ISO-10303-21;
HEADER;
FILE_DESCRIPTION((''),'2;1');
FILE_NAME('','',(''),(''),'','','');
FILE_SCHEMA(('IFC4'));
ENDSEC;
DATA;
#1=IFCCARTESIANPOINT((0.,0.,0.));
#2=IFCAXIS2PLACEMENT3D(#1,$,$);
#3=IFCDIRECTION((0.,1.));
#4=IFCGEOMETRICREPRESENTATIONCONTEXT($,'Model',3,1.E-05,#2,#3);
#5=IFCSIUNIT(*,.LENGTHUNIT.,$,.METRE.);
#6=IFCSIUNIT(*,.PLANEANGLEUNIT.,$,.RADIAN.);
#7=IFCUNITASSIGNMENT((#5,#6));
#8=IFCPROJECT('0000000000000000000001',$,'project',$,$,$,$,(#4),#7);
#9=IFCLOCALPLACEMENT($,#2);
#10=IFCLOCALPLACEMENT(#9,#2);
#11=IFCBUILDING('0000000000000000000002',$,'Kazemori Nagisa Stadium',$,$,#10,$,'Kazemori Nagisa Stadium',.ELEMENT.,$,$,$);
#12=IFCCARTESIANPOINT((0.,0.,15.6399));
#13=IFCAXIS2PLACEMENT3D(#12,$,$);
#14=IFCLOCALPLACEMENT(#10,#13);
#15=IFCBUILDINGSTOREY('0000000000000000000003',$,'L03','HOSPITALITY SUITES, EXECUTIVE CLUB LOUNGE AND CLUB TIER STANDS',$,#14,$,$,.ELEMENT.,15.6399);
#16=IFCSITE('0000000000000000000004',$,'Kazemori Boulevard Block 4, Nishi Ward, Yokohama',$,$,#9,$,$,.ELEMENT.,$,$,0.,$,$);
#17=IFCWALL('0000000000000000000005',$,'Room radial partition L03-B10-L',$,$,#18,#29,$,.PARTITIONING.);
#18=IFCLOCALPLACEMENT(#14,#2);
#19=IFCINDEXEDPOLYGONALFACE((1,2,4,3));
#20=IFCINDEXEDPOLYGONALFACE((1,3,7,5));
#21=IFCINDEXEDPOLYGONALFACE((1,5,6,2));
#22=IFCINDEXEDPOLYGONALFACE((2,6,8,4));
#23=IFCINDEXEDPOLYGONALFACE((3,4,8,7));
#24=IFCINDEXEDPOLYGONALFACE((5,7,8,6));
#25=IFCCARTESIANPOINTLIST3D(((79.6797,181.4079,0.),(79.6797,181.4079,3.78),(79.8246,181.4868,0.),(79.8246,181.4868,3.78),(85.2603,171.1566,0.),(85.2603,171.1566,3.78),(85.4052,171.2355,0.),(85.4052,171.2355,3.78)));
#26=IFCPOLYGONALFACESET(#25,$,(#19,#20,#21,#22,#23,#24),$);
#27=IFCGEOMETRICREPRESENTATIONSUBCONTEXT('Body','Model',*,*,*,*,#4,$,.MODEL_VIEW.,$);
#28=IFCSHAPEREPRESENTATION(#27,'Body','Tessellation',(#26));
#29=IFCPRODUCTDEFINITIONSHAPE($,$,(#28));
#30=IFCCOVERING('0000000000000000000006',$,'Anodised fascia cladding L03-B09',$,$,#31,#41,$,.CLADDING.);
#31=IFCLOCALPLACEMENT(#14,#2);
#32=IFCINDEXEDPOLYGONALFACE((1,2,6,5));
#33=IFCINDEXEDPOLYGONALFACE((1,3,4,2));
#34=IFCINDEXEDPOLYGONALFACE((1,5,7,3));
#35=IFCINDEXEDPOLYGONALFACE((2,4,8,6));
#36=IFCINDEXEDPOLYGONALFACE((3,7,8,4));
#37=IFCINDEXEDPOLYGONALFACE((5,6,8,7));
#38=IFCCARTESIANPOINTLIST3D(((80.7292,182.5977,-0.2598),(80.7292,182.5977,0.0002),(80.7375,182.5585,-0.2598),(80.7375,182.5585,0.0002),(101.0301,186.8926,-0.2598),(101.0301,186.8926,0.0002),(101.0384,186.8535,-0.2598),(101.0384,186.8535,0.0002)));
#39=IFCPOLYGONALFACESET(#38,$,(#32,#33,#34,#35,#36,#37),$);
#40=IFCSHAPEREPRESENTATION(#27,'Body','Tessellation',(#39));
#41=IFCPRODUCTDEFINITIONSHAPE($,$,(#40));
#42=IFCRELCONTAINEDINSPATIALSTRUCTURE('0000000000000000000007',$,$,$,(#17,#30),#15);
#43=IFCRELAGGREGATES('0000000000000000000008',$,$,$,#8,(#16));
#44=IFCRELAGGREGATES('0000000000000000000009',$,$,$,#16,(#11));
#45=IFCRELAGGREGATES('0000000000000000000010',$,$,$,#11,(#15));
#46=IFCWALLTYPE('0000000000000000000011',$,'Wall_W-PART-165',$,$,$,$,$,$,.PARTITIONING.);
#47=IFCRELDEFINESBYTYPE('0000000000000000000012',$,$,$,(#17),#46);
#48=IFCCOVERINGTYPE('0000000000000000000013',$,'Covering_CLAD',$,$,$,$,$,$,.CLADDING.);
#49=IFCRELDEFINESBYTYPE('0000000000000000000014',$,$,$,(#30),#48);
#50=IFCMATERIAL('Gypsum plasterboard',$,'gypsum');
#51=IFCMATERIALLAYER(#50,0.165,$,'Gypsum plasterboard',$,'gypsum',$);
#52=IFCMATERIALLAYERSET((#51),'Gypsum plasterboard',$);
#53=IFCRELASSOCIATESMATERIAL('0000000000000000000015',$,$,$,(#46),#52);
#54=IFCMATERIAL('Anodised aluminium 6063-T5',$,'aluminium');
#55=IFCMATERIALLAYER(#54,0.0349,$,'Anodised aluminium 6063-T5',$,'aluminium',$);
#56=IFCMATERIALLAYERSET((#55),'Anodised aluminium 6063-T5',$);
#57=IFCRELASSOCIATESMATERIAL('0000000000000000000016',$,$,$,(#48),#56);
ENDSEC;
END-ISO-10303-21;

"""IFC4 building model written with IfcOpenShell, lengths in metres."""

from ifc_helpers import new_model, si_unit, direction, frame, frame_2d, origin, origin_2d, place, context, subcontext, project, spatial, rectangle, extrude, material, layer, layer_set, type_object, element, save


model = new_model("IFC4")

# Units and contexts
model_context = context("Model", 3, precision=1e-05, world=origin(), true_north=direction((0.0, 1.0)))
body_context = subcontext(model_context, "Body", "Model", "MODEL_VIEW")
ifc_project = project(units=[si_unit("LENGTHUNIT", "METRE"), si_unit("PLANEANGLEUNIT", "RADIAN")], contexts=[model_context])

# Site, building, storey
site_placement = place(None, origin())
site = spatial("IfcSite", under=ifc_project, at=site_placement, Name="Kazemori Boulevard Block 4, Nishi Ward, Yokohama", CompositionType="ELEMENT", RefElevation=0.0)
building_placement = place(site_placement, origin())
building = spatial("IfcBuilding", under=site, at=building_placement, Name="Kazemori Nagisa Stadium", LongName="Kazemori Nagisa Stadium", CompositionType="ELEMENT")
storey_placement = place(building_placement, frame((0.0, 0.0, 15.6399)))
storey = spatial("IfcBuildingStorey", under=building, at=storey_placement, Name="L03", Description="HOSPITALITY SUITES, EXECUTIVE CLUB LOUNGE AND CLUB TIER STANDS", CompositionType="ELEMENT", Elevation=15.6399)

# Shared definitions
ifc_material_1 = material(Name="Anodised aluminium 6063-T5", Category="aluminium")

# Shared definitions
ifc_material_2 = material(Name="Gypsum plasterboard", Category="gypsum")
ifc_layer_1 = layer(ifc_material_2, 0.165, Name="Gypsum plasterboard", Category="gypsum")
ifc_layer_set_1 = layer_set([ifc_layer_1], Name="Gypsum plasterboard")
wall_type = type_object("IfcWallType", Name="Wall_W-PART-165", PredefinedType="PARTITIONING", material=ifc_layer_set_1)

# Wall
wall_1_placement = place(storey_placement, frame((85.3328, 171.196, 0.0), z_axis=(0.0, 0.0, 1.0), x_axis=(-0.478125, 0.878292, 0.0)))
element("IfcWall", 1, at=wall_1_placement, inside=storey, type_object=wall_type, Name="Room radial partition L03-B10-L", PredefinedType="PARTITIONING", context=body_context, shape_type="SweptSolid", body=[
    extrude(rectangle(XDim=11.6719, YDim=0.165, at=frame_2d((5.8359, 0.0))), origin(), (0.0, 0.0, 1.0), 3.78),
])

# Covering
ifc_layer_2 = layer(ifc_material_1, 0.0349, Name="Anodised aluminium 6063-T5", Category="aluminium")
ifc_layer_set_2 = layer_set([ifc_layer_2], Name="Anodised aluminium 6063-T5")
covering_type = type_object("IfcCoveringType", Name="Covering_CLAD", PredefinedType="CLADDING", material=ifc_layer_set_2)
covering_placement = place(storey_placement, frame((90.8838, 184.7256, -0.2598), z_axis=(0.0, 0.0, 1.0), x_axis=(-0.978345, -0.206981, 0.0)))
element("IfcCovering", 2, at=covering_placement, inside=storey, type_object=covering_type, Name="Anodised fascia cladding L03-B09", PredefinedType="CLADDING", context=body_context, shape_type="SweptSolid", body=[
    extrude(rectangle(XDim=20.7502, YDim=0.04, at=origin_2d()), origin(), (0.0, 0.0, 1.0), 0.26),
])

save(model, "model.ifc")
